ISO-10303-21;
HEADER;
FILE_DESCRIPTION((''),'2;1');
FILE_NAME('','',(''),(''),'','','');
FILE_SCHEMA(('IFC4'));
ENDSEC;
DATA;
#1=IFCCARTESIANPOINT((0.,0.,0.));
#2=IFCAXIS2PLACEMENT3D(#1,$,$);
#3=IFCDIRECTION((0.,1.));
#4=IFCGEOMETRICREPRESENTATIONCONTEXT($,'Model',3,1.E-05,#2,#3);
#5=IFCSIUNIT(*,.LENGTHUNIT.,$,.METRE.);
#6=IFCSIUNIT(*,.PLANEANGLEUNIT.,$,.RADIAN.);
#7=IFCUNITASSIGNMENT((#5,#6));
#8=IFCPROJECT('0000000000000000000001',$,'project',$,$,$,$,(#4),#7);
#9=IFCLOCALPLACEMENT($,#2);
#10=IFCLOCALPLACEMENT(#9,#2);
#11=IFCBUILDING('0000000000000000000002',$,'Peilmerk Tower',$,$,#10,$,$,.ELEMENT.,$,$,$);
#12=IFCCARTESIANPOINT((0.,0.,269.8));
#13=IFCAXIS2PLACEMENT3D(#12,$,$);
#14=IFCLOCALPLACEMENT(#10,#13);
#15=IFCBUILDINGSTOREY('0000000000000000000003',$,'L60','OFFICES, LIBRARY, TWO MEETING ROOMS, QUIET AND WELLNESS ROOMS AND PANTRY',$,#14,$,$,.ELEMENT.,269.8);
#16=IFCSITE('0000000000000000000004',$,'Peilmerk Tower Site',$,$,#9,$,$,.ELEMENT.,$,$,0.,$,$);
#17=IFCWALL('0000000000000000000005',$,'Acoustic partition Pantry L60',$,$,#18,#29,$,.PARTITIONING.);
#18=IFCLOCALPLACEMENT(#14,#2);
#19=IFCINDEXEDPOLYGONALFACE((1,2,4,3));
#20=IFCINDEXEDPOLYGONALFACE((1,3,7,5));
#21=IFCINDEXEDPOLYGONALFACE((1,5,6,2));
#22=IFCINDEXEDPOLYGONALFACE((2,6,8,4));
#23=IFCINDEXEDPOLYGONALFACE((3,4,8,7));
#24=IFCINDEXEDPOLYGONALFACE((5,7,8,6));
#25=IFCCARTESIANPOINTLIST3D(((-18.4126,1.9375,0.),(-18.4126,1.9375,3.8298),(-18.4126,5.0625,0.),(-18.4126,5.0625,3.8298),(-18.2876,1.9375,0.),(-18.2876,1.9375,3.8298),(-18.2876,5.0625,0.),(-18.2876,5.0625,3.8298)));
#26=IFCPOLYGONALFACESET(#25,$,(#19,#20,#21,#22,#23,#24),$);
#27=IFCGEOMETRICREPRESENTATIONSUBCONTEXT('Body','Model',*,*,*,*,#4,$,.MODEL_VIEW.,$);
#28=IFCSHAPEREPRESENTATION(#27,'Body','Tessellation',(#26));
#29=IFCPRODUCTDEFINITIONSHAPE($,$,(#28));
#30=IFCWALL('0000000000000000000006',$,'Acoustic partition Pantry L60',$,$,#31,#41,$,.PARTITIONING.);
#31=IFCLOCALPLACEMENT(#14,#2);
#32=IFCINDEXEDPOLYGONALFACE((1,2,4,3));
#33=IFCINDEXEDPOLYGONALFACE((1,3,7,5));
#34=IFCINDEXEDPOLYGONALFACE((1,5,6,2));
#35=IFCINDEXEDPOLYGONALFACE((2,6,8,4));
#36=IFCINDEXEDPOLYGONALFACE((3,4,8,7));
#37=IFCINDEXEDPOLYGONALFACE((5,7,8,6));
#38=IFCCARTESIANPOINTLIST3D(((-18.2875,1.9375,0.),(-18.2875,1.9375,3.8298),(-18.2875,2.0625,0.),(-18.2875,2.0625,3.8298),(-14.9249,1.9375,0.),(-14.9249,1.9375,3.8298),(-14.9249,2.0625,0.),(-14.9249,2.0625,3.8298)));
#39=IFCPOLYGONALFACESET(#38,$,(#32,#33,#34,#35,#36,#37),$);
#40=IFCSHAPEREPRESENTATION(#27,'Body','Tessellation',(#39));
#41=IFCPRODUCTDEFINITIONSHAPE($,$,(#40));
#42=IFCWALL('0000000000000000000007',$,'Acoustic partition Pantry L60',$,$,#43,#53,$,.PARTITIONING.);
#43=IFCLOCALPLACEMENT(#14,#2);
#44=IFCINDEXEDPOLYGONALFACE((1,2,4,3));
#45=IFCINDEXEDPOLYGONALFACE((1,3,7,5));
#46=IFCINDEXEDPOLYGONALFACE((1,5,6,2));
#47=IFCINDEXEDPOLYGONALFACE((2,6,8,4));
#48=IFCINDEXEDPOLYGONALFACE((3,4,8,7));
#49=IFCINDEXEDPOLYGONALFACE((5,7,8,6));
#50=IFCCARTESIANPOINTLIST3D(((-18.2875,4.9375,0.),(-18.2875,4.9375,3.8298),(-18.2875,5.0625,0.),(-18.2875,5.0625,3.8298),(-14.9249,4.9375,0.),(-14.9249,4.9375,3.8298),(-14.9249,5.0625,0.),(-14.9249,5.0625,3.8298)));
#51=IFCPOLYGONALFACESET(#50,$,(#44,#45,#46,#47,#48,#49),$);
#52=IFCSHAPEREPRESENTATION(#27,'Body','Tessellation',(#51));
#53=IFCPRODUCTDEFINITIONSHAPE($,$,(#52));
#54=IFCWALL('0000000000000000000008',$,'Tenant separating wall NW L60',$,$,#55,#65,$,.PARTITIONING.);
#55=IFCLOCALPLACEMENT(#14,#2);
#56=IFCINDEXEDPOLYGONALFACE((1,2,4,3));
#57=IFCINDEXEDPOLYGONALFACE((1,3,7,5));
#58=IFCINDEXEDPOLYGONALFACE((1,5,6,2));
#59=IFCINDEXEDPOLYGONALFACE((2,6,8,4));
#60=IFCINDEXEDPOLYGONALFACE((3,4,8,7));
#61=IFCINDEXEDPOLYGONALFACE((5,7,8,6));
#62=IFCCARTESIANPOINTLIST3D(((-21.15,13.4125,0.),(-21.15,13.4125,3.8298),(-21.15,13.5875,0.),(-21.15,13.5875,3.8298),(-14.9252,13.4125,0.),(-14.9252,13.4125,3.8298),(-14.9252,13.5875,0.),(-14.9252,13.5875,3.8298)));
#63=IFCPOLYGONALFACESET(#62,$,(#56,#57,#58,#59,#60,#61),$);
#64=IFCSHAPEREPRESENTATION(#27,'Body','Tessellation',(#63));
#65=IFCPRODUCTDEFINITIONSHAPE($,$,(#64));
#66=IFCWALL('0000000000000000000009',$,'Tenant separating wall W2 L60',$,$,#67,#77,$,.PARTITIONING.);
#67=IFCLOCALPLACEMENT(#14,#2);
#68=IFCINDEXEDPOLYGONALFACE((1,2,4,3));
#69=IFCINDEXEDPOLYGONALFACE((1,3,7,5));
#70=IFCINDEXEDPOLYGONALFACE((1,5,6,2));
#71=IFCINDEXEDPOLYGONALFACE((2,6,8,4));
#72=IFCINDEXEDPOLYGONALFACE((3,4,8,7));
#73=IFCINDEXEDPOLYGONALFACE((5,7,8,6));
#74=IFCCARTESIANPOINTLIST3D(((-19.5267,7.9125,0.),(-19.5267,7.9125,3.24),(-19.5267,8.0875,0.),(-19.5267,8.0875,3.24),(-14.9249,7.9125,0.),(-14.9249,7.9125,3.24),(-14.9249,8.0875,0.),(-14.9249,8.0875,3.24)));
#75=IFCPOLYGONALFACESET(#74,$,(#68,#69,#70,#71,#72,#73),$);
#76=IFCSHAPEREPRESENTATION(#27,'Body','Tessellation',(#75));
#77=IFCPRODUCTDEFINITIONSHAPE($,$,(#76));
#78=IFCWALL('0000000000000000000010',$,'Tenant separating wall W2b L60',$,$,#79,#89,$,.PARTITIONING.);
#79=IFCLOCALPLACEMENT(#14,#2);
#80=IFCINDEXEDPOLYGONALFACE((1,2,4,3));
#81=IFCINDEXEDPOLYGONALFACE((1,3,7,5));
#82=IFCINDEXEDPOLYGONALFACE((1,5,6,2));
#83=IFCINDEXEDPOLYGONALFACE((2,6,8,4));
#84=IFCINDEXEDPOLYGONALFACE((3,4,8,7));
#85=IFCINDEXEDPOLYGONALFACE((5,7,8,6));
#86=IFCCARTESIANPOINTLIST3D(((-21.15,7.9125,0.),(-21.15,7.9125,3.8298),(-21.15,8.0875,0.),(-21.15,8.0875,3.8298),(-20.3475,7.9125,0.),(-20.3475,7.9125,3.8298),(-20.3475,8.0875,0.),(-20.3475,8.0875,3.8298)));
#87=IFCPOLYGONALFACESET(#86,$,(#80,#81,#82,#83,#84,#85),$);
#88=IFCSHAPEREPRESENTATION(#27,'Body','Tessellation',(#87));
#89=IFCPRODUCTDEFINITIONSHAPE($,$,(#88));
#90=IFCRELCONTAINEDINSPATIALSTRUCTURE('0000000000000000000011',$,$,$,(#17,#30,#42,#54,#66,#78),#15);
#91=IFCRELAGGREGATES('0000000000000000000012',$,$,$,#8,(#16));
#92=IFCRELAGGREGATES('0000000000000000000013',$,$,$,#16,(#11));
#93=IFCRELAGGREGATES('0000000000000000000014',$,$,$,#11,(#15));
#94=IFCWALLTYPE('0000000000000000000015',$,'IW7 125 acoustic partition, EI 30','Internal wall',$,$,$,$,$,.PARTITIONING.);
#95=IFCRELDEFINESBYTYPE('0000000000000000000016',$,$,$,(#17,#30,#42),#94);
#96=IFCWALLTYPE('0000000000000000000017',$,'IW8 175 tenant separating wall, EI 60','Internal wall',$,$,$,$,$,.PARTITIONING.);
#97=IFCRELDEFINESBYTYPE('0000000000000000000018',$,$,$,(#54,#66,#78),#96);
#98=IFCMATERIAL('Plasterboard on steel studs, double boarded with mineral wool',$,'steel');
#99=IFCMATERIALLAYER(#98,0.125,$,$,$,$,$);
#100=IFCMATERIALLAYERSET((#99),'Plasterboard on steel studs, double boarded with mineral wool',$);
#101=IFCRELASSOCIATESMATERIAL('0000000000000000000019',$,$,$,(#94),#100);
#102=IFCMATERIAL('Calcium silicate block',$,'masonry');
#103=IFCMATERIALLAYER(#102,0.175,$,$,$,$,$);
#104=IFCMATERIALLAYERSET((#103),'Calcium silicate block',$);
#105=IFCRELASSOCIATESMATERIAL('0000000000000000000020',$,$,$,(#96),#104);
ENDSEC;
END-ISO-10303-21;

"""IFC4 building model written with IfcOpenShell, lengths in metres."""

from ifc_helpers import new_model, si_unit, direction, frame, frame_2d, origin, place, context, subcontext, project, spatial, rectangle, extrude, material, layer, layer_set, type_object, element, save


model = new_model("IFC4")

# Units and contexts
model_context = context("Model", 3, precision=1e-05, world=origin(), true_north=direction((0.0, 1.0)))
body_context = subcontext(model_context, "Body", "Model", "MODEL_VIEW")
ifc_project = project(units=[si_unit("LENGTHUNIT", "METRE"), si_unit("PLANEANGLEUNIT", "RADIAN")], contexts=[model_context])

# Site, building, storey
site_placement = place(None, origin())
site = spatial("IfcSite", under=ifc_project, at=site_placement, Name="Peilmerk Tower Site", CompositionType="ELEMENT", RefElevation=0.0)
building_placement = place(site_placement, origin())
building = spatial("IfcBuilding", under=site, at=building_placement, Name="Peilmerk Tower", CompositionType="ELEMENT")
storey_placement = place(building_placement, frame((0.0, 0.0, 269.8)))
storey = spatial("IfcBuildingStorey", under=building, at=storey_placement, Name="L60", Description="OFFICES, LIBRARY, TWO MEETING ROOMS, QUIET AND WELLNESS ROOMS AND PANTRY", CompositionType="ELEMENT", Elevation=269.8)

# Shared definitions
ifc_material_1 = material(Name="Calcium silicate block", Category="masonry")

# Walls
ifc_material_2 = material(Name="Plasterboard on steel studs, double boarded with mineral wool", Category="steel")
ifc_layer_1 = layer(ifc_material_2, 0.125)
ifc_layer_set_1 = layer_set([ifc_layer_1], Name="Plasterboard on steel studs, double boarded with mineral wool")
wall_type_1 = type_object("IfcWallType", Name="IW7 125 acoustic partition, EI 30", Description="Internal wall", PredefinedType="PARTITIONING", material=ifc_layer_set_1)
wall_1_placement = place(storey_placement, frame((-18.3501, 1.9375, 0.0), z_axis=(0.0, 0.0, 1.0), x_axis=(0.0, 1.0, 0.0)))
element("IfcWall", 1, at=wall_1_placement, inside=storey, type_object=wall_type_1, Name="Acoustic partition Pantry L60", PredefinedType="PARTITIONING", context=body_context, shape_type="SweptSolid", body=[
    extrude(rectangle(XDim=3.125, YDim=0.125, at=frame_2d((1.5625, 0.0))), origin(), (0.0, 0.0, 1.0), 3.8298),
])
for number, where, z_axis, x_axis, name in (
    (2, (-14.925, 2.0, 0.0), (0.0, 0.0, 1.0), (-1.0, 0.0, 0.0), "Acoustic partition Pantry L60"),
    (3, (-14.925, 5.0, 0.0), (0.0, 0.0, 1.0), (-1.0, 0.0, 0.0), "Acoustic partition Pantry L60"),
):
    element("IfcWall", number, at=place(storey_placement, frame(where, z_axis=z_axis, x_axis=x_axis)), inside=storey, type_object=wall_type_1, Name=name, PredefinedType="PARTITIONING", context=body_context, shape_type="SweptSolid", body=[
        extrude(rectangle(XDim=3.3625, YDim=0.125, at=frame_2d((1.6812, 0.0))), origin(), (0.0, 0.0, 1.0), 3.8298),
    ])
ifc_layer_2 = layer(ifc_material_1, 0.175)
ifc_layer_set_2 = layer_set([ifc_layer_2], Name="Calcium silicate block")
wall_type_2 = type_object("IfcWallType", Name="IW8 175 tenant separating wall, EI 60", Description="Internal wall", PredefinedType="PARTITIONING", material=ifc_layer_set_2)
wall_2_placement = place(storey_placement, frame((-21.1499, 13.5, 0.0), z_axis=(0.0, 0.0, 1.0), x_axis=(1.0, 0.0, 0.0)))
element("IfcWall", 4, at=wall_2_placement, inside=storey, type_object=wall_type_2, Name="Tenant separating wall NW L60", PredefinedType="PARTITIONING", context=body_context, shape_type="SweptSolid", body=[
    extrude(rectangle(XDim=6.2249, YDim=0.175, at=frame_2d((3.1123, 0.0))), origin(), (0.0, 0.0, 1.0), 3.8298),
])
wall_3_placement = place(storey_placement, frame((-14.925, 8.0, 0.0), z_axis=(0.0, 0.0, 1.0), x_axis=(-1.0, 0.0, 0.0)))
element("IfcWall", 5, at=wall_3_placement, inside=storey, type_object=wall_type_2, Name="Tenant separating wall W2 L60", PredefinedType="PARTITIONING", context=body_context, shape_type="SweptSolid", body=[
    extrude(rectangle(XDim=4.6018, YDim=0.175, at=frame_2d((2.3008, 0.0))), origin(), (0.0, 0.0, 1.0), 3.24),
])
wall_4_placement = place(storey_placement, frame((-20.3474, 8.0, 0.0), z_axis=(0.0, 0.0, 1.0), x_axis=(-1.0, 0.0, 0.0)))
element("IfcWall", 6, at=wall_4_placement, inside=storey, type_object=wall_type_2, Name="Tenant separating wall W2b L60", PredefinedType="PARTITIONING", context=body_context, shape_type="SweptSolid", body=[
    extrude(rectangle(XDim=0.8025, YDim=0.175, at=frame_2d((0.4014, 0.0))), origin(), (0.0, 0.0, 1.0), 3.8298),
])

save(model, "model.ifc")
